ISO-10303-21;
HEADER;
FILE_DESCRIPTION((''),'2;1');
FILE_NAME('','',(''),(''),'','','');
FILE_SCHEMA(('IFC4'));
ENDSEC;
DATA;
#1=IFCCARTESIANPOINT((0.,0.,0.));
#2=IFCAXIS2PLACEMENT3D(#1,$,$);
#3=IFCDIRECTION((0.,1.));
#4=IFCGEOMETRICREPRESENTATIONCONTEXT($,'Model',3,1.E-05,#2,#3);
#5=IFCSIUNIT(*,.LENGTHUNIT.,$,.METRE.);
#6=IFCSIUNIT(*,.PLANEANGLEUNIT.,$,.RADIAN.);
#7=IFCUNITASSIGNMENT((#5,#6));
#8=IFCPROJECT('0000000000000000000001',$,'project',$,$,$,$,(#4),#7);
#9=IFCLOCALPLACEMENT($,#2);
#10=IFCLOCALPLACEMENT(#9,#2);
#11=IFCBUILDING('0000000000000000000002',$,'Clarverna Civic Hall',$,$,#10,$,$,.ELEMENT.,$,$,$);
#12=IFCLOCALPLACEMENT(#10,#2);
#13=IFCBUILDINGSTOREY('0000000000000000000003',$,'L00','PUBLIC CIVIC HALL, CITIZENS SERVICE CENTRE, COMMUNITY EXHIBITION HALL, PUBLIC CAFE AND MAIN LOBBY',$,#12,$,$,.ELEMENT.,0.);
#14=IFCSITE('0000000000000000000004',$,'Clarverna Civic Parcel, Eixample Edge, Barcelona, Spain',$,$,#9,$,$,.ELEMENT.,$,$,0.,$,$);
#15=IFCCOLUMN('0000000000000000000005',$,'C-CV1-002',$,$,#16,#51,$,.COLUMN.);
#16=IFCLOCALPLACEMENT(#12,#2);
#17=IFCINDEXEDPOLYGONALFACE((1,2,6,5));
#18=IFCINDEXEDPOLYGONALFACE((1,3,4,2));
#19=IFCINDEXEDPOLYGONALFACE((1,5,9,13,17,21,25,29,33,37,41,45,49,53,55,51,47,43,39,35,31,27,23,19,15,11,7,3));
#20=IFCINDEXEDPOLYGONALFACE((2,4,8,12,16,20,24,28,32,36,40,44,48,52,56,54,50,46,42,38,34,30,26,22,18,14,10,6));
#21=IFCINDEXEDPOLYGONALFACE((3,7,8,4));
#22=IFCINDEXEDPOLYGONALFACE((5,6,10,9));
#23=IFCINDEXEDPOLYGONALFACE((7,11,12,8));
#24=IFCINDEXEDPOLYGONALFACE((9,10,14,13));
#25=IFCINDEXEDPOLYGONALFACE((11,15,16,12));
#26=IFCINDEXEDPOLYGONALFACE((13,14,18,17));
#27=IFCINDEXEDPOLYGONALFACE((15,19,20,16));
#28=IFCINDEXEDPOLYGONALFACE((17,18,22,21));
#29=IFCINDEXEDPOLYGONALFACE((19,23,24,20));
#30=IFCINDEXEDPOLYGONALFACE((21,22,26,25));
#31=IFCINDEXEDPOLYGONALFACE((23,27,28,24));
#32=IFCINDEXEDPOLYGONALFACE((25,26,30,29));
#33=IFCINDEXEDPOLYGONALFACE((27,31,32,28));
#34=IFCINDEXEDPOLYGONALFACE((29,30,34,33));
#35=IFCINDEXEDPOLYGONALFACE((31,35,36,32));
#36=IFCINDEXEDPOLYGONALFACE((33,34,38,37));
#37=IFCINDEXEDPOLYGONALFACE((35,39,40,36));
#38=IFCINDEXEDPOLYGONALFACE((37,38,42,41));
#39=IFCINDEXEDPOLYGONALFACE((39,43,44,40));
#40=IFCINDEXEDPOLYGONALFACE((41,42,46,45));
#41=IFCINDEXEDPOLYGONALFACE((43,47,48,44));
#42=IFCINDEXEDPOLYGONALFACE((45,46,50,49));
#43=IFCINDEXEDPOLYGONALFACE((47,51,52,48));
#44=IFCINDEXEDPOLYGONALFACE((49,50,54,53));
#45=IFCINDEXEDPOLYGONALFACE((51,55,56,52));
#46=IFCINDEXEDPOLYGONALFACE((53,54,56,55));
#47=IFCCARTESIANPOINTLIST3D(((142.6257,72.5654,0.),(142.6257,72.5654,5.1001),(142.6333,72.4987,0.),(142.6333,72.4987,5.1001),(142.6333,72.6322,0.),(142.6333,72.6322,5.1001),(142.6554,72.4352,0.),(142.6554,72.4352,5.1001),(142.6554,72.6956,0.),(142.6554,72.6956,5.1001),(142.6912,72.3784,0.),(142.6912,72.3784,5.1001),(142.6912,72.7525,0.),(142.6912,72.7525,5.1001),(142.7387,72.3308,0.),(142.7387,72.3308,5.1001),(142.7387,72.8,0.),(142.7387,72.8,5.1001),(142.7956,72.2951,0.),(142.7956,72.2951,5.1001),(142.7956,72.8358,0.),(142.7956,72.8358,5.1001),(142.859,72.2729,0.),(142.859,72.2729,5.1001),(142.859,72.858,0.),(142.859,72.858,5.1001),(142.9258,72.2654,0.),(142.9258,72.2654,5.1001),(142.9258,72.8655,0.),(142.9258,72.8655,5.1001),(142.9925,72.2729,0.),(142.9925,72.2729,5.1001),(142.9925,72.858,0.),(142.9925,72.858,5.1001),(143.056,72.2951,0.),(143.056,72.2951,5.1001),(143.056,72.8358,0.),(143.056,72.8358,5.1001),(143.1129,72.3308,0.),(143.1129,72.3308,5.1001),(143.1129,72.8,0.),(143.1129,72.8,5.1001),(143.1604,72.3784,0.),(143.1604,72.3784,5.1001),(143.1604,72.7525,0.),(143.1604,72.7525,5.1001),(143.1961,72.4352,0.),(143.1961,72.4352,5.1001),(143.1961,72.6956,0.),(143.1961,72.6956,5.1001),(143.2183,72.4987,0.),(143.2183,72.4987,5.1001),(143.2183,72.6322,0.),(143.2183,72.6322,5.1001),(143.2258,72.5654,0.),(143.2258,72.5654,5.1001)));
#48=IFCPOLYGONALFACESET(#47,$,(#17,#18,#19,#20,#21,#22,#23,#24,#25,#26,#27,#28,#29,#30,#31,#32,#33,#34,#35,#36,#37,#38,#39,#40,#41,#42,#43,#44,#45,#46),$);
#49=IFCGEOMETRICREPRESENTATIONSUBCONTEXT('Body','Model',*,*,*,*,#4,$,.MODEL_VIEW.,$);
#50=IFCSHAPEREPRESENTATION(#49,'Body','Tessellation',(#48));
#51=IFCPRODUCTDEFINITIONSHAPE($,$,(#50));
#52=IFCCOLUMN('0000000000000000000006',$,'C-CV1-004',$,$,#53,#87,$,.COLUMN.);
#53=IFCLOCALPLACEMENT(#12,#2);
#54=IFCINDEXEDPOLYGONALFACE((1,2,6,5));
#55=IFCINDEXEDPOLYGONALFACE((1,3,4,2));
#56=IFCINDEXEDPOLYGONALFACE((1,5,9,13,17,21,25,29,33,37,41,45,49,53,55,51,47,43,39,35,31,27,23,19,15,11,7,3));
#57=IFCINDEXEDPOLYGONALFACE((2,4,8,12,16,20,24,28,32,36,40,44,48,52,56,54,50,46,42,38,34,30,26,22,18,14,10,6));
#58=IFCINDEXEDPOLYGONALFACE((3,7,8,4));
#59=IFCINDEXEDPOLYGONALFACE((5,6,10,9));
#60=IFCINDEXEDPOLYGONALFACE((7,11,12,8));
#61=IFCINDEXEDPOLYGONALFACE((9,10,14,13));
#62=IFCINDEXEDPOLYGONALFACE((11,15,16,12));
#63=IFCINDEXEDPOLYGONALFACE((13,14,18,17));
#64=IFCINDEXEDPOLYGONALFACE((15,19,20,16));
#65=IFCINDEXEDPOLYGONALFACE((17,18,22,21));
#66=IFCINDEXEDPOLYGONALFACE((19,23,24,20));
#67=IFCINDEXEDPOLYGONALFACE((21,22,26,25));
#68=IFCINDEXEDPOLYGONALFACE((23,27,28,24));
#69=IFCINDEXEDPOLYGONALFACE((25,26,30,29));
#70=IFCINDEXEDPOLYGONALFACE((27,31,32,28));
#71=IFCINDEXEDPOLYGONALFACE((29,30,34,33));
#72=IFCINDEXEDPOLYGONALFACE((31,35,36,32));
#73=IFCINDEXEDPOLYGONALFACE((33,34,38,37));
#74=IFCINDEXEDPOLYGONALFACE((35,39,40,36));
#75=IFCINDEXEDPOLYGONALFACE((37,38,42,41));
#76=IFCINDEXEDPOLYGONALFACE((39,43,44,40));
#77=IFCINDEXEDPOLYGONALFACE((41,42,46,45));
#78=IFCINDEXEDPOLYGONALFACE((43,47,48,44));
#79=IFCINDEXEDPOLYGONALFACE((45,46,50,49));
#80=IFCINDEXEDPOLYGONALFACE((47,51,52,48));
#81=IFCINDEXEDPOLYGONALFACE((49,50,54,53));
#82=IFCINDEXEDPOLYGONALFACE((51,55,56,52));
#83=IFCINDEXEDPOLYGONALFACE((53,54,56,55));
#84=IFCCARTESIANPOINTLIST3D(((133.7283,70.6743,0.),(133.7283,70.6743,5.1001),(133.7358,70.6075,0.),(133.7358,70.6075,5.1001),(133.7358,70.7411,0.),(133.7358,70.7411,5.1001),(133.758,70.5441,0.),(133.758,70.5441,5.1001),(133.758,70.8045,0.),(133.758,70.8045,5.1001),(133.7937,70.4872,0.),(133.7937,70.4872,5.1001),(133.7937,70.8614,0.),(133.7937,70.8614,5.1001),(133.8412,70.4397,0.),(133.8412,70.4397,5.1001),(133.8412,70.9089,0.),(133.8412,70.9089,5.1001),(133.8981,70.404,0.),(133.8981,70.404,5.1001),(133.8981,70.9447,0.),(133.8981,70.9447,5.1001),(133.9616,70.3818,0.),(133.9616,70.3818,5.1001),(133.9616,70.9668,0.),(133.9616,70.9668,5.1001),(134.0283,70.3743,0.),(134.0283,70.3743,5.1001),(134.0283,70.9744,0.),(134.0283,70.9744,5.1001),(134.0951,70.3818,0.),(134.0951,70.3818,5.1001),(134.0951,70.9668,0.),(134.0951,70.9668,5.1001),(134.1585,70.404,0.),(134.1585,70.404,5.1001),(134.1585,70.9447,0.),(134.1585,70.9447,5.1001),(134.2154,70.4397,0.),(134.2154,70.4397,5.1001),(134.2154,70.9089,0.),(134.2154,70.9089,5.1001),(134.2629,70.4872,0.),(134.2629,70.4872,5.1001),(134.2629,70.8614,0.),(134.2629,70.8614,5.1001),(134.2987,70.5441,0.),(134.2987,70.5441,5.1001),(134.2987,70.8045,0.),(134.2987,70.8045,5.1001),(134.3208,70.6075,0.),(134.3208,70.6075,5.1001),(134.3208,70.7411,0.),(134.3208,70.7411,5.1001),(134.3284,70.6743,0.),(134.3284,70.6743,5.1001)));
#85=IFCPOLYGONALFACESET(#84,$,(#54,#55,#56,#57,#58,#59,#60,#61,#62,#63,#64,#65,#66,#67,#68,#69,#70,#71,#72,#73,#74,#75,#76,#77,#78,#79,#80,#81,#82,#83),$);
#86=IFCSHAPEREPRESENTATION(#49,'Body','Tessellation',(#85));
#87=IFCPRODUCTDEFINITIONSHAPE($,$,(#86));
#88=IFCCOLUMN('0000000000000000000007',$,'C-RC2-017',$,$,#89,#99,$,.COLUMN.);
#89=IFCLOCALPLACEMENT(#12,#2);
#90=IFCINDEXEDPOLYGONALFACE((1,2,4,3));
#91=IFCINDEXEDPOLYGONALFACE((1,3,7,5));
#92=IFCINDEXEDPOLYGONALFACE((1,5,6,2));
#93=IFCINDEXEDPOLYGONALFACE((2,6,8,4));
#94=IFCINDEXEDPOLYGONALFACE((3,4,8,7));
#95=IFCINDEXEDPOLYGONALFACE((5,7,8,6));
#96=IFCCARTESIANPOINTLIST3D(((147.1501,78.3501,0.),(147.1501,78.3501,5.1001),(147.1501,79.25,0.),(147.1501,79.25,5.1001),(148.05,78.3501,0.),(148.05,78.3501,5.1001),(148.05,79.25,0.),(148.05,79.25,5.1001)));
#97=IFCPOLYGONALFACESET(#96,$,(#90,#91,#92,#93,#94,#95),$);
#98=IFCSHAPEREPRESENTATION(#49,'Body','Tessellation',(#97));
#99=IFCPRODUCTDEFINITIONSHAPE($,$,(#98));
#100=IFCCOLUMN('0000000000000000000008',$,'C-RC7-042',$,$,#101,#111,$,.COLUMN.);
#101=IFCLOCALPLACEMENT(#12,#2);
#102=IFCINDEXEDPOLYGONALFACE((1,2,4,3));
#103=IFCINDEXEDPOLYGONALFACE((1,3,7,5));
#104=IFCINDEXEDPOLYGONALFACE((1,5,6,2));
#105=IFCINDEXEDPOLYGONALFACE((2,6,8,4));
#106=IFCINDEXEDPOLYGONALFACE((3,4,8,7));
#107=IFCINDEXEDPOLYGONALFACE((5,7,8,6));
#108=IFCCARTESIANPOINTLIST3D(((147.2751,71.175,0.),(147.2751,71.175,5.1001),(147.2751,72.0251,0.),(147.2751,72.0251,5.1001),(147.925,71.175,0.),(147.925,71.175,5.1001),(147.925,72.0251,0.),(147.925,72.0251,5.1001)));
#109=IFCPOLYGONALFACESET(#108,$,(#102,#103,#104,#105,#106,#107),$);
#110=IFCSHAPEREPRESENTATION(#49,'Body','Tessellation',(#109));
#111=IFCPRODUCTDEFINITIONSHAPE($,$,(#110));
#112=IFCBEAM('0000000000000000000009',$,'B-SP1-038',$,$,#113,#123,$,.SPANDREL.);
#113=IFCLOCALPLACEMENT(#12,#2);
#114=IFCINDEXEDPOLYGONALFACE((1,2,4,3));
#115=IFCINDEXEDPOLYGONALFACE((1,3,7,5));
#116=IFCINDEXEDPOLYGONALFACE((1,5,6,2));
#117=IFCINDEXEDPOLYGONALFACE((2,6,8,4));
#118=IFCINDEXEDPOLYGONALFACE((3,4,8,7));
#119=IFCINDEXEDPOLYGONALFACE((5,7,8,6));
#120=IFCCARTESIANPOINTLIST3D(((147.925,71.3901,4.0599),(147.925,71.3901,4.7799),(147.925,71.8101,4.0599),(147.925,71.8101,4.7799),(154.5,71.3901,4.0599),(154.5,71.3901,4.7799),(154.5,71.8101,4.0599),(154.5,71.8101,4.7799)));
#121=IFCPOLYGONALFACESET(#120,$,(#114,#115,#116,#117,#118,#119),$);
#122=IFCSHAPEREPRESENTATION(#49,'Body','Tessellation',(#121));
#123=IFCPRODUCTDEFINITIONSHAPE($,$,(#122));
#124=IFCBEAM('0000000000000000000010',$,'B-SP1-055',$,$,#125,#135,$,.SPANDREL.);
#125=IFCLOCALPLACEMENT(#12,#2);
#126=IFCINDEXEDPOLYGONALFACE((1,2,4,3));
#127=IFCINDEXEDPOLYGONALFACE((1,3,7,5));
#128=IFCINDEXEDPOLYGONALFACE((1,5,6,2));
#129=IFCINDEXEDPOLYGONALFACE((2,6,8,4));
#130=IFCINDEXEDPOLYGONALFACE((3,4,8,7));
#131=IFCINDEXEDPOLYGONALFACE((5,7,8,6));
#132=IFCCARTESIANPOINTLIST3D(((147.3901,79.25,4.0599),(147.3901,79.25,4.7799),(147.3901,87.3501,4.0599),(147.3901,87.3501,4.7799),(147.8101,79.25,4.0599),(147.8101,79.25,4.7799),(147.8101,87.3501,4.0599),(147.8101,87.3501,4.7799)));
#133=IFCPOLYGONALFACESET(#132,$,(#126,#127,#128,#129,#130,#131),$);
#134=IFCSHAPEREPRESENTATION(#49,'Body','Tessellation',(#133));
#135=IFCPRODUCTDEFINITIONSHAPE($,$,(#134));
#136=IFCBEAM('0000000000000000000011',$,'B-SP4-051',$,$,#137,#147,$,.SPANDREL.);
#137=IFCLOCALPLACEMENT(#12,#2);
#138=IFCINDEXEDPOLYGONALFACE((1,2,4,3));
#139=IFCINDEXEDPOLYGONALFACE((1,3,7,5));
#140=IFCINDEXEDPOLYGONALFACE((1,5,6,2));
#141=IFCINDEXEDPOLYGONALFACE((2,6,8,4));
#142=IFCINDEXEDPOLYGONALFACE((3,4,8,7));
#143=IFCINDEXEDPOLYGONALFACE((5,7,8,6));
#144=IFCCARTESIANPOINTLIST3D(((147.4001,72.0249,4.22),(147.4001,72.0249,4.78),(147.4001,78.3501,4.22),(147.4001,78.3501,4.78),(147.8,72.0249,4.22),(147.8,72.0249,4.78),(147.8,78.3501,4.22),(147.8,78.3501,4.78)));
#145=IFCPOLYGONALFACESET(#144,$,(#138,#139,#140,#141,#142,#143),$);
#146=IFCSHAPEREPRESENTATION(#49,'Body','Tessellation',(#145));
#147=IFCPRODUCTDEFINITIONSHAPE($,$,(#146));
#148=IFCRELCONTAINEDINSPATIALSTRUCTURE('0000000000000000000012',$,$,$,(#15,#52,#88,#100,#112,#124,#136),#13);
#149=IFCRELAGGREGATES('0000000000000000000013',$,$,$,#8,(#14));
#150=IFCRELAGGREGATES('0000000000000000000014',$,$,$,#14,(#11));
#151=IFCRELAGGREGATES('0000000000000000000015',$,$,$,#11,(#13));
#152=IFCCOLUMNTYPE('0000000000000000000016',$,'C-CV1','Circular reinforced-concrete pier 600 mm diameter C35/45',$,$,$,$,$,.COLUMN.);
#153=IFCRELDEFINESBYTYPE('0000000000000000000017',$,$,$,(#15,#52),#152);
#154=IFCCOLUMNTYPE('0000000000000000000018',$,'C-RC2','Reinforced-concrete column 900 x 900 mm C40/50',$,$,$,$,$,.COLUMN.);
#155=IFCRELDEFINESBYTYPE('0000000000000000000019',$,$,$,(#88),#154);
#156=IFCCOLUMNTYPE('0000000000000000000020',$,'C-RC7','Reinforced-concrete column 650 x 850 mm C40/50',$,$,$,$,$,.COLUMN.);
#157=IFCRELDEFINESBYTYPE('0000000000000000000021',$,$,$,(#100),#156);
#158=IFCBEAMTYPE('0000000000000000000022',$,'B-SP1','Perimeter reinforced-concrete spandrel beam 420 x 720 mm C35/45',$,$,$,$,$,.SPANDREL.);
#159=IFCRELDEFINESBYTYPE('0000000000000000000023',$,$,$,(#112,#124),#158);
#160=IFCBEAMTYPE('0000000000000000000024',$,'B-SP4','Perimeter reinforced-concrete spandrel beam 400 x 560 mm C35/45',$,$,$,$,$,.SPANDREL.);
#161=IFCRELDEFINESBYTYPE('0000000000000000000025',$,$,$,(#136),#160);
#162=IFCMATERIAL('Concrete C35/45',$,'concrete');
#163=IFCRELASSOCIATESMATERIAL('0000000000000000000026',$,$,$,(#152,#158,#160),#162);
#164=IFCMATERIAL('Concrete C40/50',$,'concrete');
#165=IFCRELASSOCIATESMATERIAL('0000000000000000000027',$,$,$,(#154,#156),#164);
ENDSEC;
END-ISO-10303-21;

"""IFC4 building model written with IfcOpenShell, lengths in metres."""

from ifc_helpers import new_model, si_unit, direction, frame, origin, origin_2d, place, context, subcontext, project, spatial, rectangle, circle, extrude, material, material_profile, profile_set, type_object, element, save


model = new_model("IFC4")

# Units and contexts
model_context = context("Model", 3, precision=1e-05, world=origin(), true_north=direction((0.0, 1.0)))
body_context = subcontext(model_context, "Body", "Model", "MODEL_VIEW")
ifc_project = project(units=[si_unit("LENGTHUNIT", "METRE"), si_unit("PLANEANGLEUNIT", "RADIAN")], contexts=[model_context])

# Site, building, storey
site_placement = place(None, origin())
site = spatial("IfcSite", under=ifc_project, at=site_placement, Name="Clarverna Civic Parcel, Eixample Edge, Barcelona, Spain", CompositionType="ELEMENT", RefElevation=0.0)
building_placement = place(site_placement, origin())
building = spatial("IfcBuilding", under=site, at=building_placement, Name="Clarverna Civic Hall", CompositionType="ELEMENT")
storey_placement = place(building_placement, origin())
storey = spatial("IfcBuildingStorey", under=building, at=storey_placement, Name="L00", Description="PUBLIC CIVIC HALL, CITIZENS SERVICE CENTRE, COMMUNITY EXHIBITION HALL, PUBLIC CAFE AND MAIN LOBBY", CompositionType="ELEMENT", Elevation=0.0)

# Columns
ifc_material_1 = material(Name="Concrete C35/45", Category="concrete")
ifc_material_profile_1 = material_profile(ifc_material_1, circle(Radius=0.3, at=origin_2d()), Name="RC D600")
ifc_profile_set_1 = profile_set([ifc_material_profile_1], Name="Concrete C35/45")
column_type_1 = type_object("IfcColumnType", Name="C-CV1", Description="Circular reinforced-concrete pier 600 mm diameter C35/45", PredefinedType="COLUMN", material=ifc_profile_set_1)
for number, where, z_axis, x_axis, name in (
    (1, (142.9258, 72.5654, 0.0), (0.0, 0.0, 1.0), (1.0, 0.0, 0.0), "C-CV1-002"),
    (2, (134.0283, 70.6743, 0.0), (0.0, 0.0, 1.0), (1.0, 0.0, 0.0), "C-CV1-004"),
):
    element("IfcColumn", number, at=place(storey_placement, frame(where, z_axis=z_axis, x_axis=x_axis)), inside=storey, type_object=column_type_1, Name=name, PredefinedType="COLUMN", context=body_context, shape_type="SweptSolid", body=[
        extrude(circle(Radius=0.3, at=origin_2d()), origin(), (0.0, 0.0, 1.0), 5.1001),
    ])
ifc_material_2 = material(Name="Concrete C40/50", Category="concrete")
ifc_material_profile_2 = material_profile(ifc_material_2, rectangle(XDim=0.8999, YDim=0.8999, at=origin_2d()), Name="RC 900x900")
ifc_profile_set_2 = profile_set([ifc_material_profile_2], Name="Concrete C40/50")
column_type_2 = type_object("IfcColumnType", Name="C-RC2", Description="Reinforced-concrete column 900 x 900 mm C40/50", PredefinedType="COLUMN", material=ifc_profile_set_2)
column_1_placement = place(storey_placement, frame((147.6001, 78.8, 0.0), z_axis=(0.0, 0.0, 1.0), x_axis=(1.0, 0.0, 0.0)))
element("IfcColumn", 3, at=column_1_placement, inside=storey, type_object=column_type_2, Name="C-RC2-017", PredefinedType="COLUMN", context=body_context, shape_type="SweptSolid", body=[
    extrude(rectangle(XDim=0.8999, YDim=0.8999, at=origin_2d()), origin(), (0.0, 0.0, 1.0), 5.1001),
])
ifc_material_profile_3 = material_profile(ifc_material_2, rectangle(XDim=0.6499, YDim=0.8501, at=origin_2d()), Name="RC 650x850")
ifc_profile_set_3 = profile_set([ifc_material_profile_3], Name="Concrete C40/50")
column_type_3 = type_object("IfcColumnType", Name="C-RC7", Description="Reinforced-concrete column 650 x 850 mm C40/50", PredefinedType="COLUMN", material=ifc_profile_set_3)
column_2_placement = place(storey_placement, frame((147.6001, 71.6001, 0.0), z_axis=(0.0, 0.0, 1.0), x_axis=(1.0, 0.0, 0.0)))
element("IfcColumn", 4, at=column_2_placement, inside=storey, type_object=column_type_3, Name="C-RC7-042", PredefinedType="COLUMN", context=body_context, shape_type="SweptSolid", body=[
    extrude(rectangle(XDim=0.6499, YDim=0.8501, at=origin_2d()), origin(), (0.0, 0.0, 1.0), 5.1001),
])

# Beams
ifc_material_profile_4 = material_profile(ifc_material_1, rectangle(XDim=0.4199, YDim=0.72, at=origin_2d()), Name="RC 420x720")
ifc_profile_set_4 = profile_set([ifc_material_profile_4], Name="Concrete C35/45")
beam_type_1 = type_object("IfcBeamType", Name="B-SP1", Description="Perimeter reinforced-concrete spandrel beam 420 x 720 mm C35/45", PredefinedType="SPANDREL", material=ifc_profile_set_4)
beam_1_placement = place(storey_placement, frame((147.925, 71.6001, 4.4199), z_axis=(1.0, 0.0, 0.0), x_axis=(0.0, 1.0, 0.0)))
element("IfcBeam", 5, at=beam_1_placement, inside=storey, type_object=beam_type_1, Name="B-SP1-038", PredefinedType="SPANDREL", context=body_context, shape_type="SweptSolid", body=[
    extrude(rectangle(XDim=0.4199, YDim=0.72, at=origin_2d()), origin(), (0.0, 0.0, 1.0), 6.575),
])
beam_2_placement = place(storey_placement, frame((147.6001, 79.25, 4.4199), z_axis=(0.0, 1.0, 0.0), x_axis=(-1.0, 0.0, 0.0)))
element("IfcBeam", 6, at=beam_2_placement, inside=storey, type_object=beam_type_1, Name="B-SP1-055", PredefinedType="SPANDREL", context=body_context, shape_type="SweptSolid", body=[
    extrude(rectangle(XDim=0.4199, YDim=0.72, at=origin_2d()), origin(), (0.0, 0.0, 1.0), 8.1001),
])
ifc_material_profile_5 = material_profile(ifc_material_1, rectangle(XDim=0.3999, YDim=0.5601, at=origin_2d()), Name="RC 400x560")
ifc_profile_set_5 = profile_set([ifc_material_profile_5], Name="Concrete C35/45")
beam_type_2 = type_object("IfcBeamType", Name="B-SP4", Description="Perimeter reinforced-concrete spandrel beam 400 x 560 mm C35/45", PredefinedType="SPANDREL", material=ifc_profile_set_5)
beam_3_placement = place(storey_placement, frame((147.6001, 72.0249, 4.5), z_axis=(0.0, 1.0, 0.0), x_axis=(-1.0, 0.0, 0.0)))
element("IfcBeam", 7, at=beam_3_placement, inside=storey, type_object=beam_type_2, Name="B-SP4-051", PredefinedType="SPANDREL", context=body_context, shape_type="SweptSolid", body=[
    extrude(rectangle(XDim=0.3999, YDim=0.5601, at=origin_2d()), origin(), (0.0, 0.0, 1.0), 6.3252),
])

save(model, "model.ifc")
